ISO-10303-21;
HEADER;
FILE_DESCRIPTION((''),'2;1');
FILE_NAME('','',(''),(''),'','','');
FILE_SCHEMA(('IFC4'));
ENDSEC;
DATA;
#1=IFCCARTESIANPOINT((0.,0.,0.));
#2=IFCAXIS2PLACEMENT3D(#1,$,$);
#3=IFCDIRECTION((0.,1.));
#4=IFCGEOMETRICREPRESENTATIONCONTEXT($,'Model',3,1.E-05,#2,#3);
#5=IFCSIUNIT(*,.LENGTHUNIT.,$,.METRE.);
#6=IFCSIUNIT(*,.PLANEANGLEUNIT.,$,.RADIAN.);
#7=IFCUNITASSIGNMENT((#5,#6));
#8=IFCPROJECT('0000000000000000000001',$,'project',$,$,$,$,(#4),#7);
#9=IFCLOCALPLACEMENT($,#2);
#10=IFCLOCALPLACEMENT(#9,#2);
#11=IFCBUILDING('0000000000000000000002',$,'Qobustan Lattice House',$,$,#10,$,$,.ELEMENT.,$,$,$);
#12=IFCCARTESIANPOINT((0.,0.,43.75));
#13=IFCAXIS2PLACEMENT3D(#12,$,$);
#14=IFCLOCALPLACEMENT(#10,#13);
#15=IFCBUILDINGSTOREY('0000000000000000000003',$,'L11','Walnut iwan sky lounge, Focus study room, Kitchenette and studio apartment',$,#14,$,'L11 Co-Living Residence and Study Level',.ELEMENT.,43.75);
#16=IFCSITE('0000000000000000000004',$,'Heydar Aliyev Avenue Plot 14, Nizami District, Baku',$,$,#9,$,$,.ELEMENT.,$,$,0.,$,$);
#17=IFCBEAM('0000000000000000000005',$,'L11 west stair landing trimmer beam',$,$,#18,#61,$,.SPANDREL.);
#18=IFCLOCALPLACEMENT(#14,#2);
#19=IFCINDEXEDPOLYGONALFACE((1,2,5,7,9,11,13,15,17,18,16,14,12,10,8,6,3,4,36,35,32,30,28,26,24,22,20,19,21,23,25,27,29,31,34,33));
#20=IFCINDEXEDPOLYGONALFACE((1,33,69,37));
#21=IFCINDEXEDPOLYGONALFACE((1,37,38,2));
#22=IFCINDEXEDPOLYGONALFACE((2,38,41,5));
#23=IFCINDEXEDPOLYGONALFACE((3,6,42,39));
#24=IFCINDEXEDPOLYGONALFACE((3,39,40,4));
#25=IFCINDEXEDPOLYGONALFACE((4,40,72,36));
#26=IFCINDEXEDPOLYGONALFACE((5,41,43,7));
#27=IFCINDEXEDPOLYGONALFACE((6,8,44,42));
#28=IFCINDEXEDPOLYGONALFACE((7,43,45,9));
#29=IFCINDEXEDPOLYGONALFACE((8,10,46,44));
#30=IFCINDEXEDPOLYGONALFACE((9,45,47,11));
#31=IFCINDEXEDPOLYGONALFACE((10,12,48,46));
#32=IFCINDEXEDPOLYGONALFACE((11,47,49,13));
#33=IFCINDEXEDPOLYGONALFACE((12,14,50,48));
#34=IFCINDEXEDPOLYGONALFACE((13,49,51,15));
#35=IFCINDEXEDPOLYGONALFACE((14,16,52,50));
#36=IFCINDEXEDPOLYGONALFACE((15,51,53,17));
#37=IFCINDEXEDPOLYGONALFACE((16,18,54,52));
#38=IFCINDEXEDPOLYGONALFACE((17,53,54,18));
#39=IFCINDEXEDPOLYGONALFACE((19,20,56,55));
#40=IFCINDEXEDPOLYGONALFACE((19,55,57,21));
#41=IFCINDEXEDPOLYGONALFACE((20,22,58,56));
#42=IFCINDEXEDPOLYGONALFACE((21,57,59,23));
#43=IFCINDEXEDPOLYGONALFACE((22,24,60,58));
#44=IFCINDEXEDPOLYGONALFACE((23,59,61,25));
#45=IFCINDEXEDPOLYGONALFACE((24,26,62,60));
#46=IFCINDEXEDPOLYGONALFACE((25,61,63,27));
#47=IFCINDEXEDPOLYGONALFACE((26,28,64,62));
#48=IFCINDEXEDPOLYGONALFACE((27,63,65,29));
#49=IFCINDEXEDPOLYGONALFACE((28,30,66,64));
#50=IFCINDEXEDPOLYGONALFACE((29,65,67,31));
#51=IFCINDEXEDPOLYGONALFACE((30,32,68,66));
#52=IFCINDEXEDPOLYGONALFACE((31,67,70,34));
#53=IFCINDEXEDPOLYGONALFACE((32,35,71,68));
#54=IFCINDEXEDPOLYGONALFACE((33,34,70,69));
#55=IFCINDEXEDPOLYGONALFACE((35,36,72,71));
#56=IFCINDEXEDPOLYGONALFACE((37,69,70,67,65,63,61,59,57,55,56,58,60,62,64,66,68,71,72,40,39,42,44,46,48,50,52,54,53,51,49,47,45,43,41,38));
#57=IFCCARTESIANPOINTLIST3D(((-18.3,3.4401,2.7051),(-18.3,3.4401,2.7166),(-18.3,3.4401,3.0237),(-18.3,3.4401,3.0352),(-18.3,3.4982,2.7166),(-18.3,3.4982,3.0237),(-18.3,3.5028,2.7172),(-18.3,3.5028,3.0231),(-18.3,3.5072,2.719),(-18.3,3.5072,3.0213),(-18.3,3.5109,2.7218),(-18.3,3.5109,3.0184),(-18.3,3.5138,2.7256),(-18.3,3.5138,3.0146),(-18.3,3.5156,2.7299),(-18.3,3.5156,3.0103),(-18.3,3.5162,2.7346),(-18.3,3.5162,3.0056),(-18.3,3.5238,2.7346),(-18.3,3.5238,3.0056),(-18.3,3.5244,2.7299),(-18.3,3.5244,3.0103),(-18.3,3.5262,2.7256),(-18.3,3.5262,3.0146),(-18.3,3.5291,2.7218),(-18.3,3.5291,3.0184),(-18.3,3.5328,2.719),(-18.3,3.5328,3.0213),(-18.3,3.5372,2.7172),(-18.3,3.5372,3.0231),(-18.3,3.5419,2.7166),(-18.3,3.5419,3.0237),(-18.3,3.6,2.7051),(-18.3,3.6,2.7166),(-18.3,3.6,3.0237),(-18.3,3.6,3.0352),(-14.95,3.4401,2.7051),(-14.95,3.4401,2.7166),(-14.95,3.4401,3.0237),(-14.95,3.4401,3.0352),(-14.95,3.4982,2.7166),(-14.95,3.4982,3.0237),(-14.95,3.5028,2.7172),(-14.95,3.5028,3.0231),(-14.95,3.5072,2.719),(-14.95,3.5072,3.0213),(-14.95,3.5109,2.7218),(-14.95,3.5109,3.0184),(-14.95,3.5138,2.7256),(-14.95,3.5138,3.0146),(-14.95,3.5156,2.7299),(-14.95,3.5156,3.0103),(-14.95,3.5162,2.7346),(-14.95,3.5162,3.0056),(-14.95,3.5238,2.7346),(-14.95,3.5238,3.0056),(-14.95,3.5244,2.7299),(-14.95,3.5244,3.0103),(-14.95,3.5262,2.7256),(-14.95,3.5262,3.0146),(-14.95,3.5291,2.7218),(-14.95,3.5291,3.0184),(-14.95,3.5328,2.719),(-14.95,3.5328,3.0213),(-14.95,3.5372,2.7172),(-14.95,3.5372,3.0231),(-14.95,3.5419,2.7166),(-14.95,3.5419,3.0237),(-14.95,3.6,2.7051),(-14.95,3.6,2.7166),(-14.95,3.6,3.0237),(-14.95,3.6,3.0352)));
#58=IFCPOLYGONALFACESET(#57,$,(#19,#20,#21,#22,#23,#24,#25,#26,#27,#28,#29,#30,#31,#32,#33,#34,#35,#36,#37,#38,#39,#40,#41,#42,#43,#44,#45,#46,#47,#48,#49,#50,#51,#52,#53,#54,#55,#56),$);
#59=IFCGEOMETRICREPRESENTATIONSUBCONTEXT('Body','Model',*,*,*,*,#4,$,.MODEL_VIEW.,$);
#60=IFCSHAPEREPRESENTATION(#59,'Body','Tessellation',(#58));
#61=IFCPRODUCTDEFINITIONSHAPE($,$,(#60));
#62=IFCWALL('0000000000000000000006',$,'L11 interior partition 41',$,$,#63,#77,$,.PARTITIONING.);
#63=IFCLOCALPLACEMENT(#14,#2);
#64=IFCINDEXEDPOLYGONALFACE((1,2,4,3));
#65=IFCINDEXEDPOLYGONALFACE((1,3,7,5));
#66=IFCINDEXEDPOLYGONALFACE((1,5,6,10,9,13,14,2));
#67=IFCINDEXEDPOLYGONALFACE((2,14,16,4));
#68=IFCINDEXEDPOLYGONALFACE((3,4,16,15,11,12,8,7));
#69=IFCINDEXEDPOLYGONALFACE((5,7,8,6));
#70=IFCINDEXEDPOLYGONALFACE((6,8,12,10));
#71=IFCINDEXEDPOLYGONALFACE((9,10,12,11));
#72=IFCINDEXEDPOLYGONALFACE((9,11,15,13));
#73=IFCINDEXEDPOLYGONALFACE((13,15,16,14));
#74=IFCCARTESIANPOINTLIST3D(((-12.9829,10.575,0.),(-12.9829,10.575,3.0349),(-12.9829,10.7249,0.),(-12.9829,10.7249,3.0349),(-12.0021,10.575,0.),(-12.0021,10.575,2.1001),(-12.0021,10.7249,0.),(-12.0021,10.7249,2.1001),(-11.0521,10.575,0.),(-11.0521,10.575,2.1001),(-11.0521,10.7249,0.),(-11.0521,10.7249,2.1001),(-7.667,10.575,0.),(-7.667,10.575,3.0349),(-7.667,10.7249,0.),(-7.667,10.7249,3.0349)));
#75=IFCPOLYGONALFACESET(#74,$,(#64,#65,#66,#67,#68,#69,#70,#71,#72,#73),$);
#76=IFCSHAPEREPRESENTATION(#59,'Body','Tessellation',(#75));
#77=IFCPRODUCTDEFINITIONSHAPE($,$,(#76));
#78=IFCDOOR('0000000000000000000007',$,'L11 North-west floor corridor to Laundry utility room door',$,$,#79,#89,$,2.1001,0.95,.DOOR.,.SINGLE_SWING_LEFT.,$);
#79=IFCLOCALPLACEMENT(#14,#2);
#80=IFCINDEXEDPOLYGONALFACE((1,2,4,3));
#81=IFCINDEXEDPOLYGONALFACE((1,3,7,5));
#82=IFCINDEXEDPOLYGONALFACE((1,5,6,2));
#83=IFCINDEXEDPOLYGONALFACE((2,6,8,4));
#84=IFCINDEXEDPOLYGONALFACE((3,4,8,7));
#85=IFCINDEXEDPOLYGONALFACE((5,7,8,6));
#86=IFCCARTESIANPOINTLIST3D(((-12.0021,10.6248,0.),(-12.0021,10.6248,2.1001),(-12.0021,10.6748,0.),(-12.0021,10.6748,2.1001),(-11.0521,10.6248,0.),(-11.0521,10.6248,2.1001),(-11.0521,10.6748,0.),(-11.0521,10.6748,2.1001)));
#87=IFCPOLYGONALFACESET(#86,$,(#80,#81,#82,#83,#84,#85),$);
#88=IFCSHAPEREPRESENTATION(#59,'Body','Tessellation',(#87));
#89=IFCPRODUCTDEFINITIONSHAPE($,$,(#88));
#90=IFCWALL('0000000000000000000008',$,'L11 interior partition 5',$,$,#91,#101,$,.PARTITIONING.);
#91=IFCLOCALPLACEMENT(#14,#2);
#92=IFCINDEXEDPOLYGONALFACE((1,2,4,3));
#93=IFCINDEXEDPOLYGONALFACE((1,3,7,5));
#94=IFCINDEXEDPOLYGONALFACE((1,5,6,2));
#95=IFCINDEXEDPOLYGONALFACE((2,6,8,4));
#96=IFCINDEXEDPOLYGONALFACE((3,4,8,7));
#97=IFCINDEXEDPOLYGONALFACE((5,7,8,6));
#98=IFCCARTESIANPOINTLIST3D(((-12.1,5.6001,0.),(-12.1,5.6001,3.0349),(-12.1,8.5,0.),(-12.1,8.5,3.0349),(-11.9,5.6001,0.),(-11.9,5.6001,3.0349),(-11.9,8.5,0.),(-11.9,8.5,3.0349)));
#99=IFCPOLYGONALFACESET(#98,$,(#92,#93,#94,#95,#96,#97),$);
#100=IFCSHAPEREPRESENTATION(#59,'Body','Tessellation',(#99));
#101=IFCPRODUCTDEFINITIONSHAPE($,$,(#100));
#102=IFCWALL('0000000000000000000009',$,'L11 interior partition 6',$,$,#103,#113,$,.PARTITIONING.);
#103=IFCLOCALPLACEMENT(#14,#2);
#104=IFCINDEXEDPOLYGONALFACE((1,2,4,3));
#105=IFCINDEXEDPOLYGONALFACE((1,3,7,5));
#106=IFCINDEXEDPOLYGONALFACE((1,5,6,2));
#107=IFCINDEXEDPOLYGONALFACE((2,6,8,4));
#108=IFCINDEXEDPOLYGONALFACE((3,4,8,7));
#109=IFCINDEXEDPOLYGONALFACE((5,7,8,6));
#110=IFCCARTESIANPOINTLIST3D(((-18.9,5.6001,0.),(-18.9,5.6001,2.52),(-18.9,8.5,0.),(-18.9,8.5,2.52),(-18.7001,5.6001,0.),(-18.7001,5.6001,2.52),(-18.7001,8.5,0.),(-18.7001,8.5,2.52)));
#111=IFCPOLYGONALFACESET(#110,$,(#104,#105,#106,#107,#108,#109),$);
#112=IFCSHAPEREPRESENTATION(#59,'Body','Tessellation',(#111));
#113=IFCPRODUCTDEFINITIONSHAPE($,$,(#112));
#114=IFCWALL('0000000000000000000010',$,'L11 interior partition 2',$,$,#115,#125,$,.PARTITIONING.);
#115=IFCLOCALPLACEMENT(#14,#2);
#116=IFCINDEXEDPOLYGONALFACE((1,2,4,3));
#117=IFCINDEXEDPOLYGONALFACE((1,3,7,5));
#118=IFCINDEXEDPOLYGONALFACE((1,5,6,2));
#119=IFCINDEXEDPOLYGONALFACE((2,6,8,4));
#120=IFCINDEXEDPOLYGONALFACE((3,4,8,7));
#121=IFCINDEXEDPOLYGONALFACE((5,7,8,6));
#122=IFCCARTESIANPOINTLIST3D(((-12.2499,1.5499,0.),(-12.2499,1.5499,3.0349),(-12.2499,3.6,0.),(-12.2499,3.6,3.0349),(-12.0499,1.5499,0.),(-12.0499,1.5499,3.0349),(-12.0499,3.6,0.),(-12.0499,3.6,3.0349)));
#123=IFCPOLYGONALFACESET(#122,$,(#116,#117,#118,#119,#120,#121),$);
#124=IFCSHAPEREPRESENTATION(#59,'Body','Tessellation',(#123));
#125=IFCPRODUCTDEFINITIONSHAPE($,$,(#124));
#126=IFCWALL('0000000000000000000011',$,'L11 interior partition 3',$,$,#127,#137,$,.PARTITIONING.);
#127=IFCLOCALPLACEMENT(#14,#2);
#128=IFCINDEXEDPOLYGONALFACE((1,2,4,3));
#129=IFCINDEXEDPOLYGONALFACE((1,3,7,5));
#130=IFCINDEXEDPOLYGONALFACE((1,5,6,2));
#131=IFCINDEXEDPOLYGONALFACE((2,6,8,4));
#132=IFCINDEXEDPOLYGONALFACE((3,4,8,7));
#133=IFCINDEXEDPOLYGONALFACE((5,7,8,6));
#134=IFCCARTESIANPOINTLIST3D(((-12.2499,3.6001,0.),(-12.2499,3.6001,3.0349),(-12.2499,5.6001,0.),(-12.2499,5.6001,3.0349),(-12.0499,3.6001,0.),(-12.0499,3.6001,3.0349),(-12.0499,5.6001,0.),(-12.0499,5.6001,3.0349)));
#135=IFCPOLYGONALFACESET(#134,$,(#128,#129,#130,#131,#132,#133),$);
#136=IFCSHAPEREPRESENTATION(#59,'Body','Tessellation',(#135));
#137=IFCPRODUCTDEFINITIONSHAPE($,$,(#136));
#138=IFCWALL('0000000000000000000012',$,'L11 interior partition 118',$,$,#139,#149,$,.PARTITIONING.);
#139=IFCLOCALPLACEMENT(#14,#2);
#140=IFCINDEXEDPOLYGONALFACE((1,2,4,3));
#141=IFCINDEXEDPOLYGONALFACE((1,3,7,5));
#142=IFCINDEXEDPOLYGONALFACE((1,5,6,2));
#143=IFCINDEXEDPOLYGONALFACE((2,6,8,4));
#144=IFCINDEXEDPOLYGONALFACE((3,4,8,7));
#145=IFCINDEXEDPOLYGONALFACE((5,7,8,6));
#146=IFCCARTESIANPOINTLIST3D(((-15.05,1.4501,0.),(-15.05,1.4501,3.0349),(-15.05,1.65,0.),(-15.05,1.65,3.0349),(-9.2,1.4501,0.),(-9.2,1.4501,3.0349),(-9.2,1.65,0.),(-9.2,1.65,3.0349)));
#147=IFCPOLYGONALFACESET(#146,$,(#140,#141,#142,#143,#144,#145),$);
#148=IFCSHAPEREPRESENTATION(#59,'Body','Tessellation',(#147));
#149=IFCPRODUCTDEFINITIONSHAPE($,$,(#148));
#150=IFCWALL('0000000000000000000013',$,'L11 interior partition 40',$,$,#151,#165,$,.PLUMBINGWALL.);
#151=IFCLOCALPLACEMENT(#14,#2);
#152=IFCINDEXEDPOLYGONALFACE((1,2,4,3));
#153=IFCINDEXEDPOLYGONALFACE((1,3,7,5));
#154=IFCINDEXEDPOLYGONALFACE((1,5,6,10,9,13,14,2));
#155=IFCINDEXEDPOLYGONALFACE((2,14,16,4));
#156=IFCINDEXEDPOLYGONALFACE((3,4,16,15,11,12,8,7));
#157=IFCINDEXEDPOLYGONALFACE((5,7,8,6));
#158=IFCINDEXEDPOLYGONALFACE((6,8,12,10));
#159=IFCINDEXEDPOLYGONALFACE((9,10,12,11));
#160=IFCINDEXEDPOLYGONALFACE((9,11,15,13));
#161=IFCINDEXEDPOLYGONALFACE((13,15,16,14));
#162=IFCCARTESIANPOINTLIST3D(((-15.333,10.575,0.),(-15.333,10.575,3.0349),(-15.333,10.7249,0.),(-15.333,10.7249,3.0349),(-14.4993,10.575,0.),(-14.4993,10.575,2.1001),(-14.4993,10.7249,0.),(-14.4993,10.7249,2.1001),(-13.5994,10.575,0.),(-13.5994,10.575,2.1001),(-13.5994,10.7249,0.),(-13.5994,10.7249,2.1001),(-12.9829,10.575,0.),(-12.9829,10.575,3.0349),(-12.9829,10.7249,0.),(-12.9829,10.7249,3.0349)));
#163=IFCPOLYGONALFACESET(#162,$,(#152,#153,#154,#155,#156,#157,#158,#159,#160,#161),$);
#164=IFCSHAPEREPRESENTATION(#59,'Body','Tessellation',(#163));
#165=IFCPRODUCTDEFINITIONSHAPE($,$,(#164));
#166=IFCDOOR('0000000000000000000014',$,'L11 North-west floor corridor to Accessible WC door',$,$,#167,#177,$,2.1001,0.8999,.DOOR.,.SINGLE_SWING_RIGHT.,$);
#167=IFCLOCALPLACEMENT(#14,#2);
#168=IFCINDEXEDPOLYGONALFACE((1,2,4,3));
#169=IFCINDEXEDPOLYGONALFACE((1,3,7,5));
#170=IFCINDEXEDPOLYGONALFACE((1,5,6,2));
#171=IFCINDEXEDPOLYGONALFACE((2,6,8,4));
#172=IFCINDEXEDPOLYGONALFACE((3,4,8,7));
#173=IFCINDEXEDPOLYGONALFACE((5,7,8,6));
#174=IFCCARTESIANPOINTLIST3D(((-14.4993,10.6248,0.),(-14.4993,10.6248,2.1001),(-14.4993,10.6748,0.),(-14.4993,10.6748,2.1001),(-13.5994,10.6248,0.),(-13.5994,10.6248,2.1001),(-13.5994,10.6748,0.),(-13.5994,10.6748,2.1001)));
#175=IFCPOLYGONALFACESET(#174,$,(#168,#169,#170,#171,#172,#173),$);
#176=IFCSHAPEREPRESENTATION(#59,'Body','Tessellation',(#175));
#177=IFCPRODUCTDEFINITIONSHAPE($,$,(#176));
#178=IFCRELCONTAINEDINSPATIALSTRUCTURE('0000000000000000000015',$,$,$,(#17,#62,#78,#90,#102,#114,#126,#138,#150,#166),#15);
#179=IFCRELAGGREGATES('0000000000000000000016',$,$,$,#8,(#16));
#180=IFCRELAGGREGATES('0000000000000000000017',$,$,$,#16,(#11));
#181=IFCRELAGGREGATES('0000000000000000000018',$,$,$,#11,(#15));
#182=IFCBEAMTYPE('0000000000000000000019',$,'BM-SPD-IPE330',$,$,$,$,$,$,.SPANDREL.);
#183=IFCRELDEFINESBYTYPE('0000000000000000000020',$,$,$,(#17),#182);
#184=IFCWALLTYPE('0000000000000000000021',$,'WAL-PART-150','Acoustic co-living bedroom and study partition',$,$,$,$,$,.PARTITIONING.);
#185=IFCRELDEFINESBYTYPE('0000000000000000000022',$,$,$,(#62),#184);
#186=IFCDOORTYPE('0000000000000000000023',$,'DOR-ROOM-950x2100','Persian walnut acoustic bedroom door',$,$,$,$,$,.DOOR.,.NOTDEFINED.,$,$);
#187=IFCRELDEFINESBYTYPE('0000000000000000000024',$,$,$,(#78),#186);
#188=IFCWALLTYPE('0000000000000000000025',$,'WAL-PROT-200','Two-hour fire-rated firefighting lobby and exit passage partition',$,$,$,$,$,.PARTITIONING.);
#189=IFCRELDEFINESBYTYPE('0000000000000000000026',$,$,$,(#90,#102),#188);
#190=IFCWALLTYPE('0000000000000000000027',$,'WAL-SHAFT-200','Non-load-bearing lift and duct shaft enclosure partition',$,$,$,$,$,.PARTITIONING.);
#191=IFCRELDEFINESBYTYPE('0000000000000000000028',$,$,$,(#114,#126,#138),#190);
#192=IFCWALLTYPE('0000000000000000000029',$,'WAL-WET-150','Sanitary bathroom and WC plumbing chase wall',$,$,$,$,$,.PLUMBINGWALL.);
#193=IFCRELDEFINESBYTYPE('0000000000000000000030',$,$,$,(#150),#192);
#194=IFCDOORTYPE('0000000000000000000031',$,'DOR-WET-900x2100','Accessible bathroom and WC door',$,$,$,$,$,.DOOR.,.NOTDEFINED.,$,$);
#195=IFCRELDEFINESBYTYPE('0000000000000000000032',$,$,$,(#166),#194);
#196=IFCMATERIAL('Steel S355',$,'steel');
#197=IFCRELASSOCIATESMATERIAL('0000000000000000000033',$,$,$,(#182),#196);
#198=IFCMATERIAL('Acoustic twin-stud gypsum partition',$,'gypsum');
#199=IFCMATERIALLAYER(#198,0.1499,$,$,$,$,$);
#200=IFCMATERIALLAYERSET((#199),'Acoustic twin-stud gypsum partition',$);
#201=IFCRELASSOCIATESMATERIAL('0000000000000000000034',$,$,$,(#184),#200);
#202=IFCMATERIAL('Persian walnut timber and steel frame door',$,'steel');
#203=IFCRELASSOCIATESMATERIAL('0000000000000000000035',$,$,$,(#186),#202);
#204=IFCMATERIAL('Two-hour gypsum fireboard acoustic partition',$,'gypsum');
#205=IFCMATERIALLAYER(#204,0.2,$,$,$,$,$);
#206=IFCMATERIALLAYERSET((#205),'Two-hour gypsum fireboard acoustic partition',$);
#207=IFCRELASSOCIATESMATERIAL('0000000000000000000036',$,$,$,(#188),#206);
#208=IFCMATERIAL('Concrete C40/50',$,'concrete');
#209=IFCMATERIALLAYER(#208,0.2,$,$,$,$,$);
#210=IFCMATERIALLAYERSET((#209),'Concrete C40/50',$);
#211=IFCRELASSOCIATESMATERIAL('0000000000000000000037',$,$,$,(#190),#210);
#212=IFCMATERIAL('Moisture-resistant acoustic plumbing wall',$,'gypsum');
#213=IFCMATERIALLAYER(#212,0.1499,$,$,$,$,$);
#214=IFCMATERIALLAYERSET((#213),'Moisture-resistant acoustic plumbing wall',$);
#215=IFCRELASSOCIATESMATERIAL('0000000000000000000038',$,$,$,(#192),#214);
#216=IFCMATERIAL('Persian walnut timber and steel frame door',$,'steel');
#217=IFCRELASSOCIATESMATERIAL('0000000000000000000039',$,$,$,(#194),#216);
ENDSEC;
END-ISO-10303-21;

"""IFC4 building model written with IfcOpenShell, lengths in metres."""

from ifc_helpers import new_model, si_unit, direction, frame, frame_2d, origin, origin_2d, place, context, subcontext, project, spatial, rectangle, i_section, extrude, material, layer, layer_set, material_profile, profile_set, type_object, element, fill, save


model = new_model("IFC4")

# Units and contexts
model_context = context("Model", 3, precision=1e-05, world=origin(), true_north=direction((0.0, 1.0)))
body_context = subcontext(model_context, "Body", "Model", "MODEL_VIEW")
ifc_project = project(units=[si_unit("LENGTHUNIT", "METRE"), si_unit("PLANEANGLEUNIT", "RADIAN")], contexts=[model_context])

# Site, building, storey
site_placement = place(None, origin())
site = spatial("IfcSite", under=ifc_project, at=site_placement, Name="Heydar Aliyev Avenue Plot 14, Nizami District, Baku", CompositionType="ELEMENT", RefElevation=0.0)
building_placement = place(site_placement, origin())
building = spatial("IfcBuilding", under=site, at=building_placement, Name="Qobustan Lattice House", CompositionType="ELEMENT")
storey_placement = place(building_placement, frame((0.0, 0.0, 43.75)))
storey = spatial("IfcBuildingStorey", under=building, at=storey_placement, Name="L11", Description="Walnut iwan sky lounge, Focus study room, Kitchenette and studio apartment", LongName="L11 Co-Living Residence and Study Level", CompositionType="ELEMENT", Elevation=43.75)

# Beam
ifc_material_1 = material(Name="Steel S355", Category="steel")
ifc_material_profile = material_profile(ifc_material_1, i_section(OverallWidth=0.1599, OverallDepth=0.3301, WebThickness=0.0076, FlangeThickness=0.0115, FilletRadius=0.0181, at=origin_2d()), Name="IPE330")
ifc_profile_set = profile_set([ifc_material_profile], Name="Steel S355")
beam_type = type_object("IfcBeamType", Name="BM-SPD-IPE330", PredefinedType="SPANDREL", material=ifc_profile_set)
beam_placement = place(storey_placement, frame((-18.3, 3.52, 2.8701), z_axis=(1.0, 0.0, 0.0), x_axis=(0.0, 1.0, 0.0)))
element("IfcBeam", 1, at=beam_placement, inside=storey, type_object=beam_type, Name="L11 west stair landing trimmer beam", PredefinedType="SPANDREL", context=body_context, shape_type="SweptSolid", body=[
    extrude(i_section(OverallWidth=0.1599, OverallDepth=0.3301, WebThickness=0.0076, FlangeThickness=0.0115, FilletRadius=0.0181, at=origin_2d()), origin(), (0.0, 0.0, 1.0), 3.3501),
])

# Wall, opening, door
ifc_material_2 = material(Name="Acoustic twin-stud gypsum partition", Category="gypsum")
ifc_layer_1 = layer(ifc_material_2, 0.1499)
ifc_layer_set_1 = layer_set([ifc_layer_1], Name="Acoustic twin-stud gypsum partition")
wall_type_1 = type_object("IfcWallType", Name="WAL-PART-150", Description="Acoustic co-living bedroom and study partition", PredefinedType="PARTITIONING", material=ifc_layer_set_1)
wall_1_placement = place(storey_placement, frame((-12.9829, 10.6499, 0.0), z_axis=(0.0, 0.0, 1.0), x_axis=(1.0, 0.0, 0.0)))
wall_1 = element("IfcWall", 2, at=wall_1_placement, inside=storey, type_object=wall_type_1, Name="L11 interior partition 41", PredefinedType="PARTITIONING", context=body_context, shape_type="SweptSolid", body=[
    extrude(rectangle(XDim=5.3159, YDim=0.1499, at=frame_2d((2.658, 0.0))), origin(), (0.0, 0.0, 1.0), 3.0349),
])
opening_1_placement = place(wall_1_placement, frame((0.9807, 0.0, 0.0)))
opening_1 = element("IfcOpeningElement", 3, at=opening_1_placement, cuts=wall_1, PredefinedType="OPENING", context=body_context, shape_type="SweptSolid", body=[
    extrude(rectangle(XDim=0.95, YDim=2.1001, at=frame_2d((0.4751, 1.05))), frame((0.0, 0.085, 0.0), z_axis=(0.0, -1.0, 0.0), x_axis=(1.0, 0.0, 0.0)), (0.0, 0.0, 1.0), 0.1699),
])
ifc_material_3 = material(Name="Persian walnut timber and steel frame door", Category="steel")
door_type_1 = type_object("IfcDoorType", Name="DOR-ROOM-950x2100", Description="Persian walnut acoustic bedroom door", OperationType="NOTDEFINED", PredefinedType="DOOR", material=ifc_material_3)
door_1_placement = place(opening_1_placement, origin())
door_1 = element("IfcDoor", 4, at=door_1_placement, inside=storey, type_object=door_type_1, Name="L11 North-west floor corridor to Laundry utility room door", OperationType="SINGLE_SWING_LEFT", OverallHeight=2.1001, OverallWidth=0.95, PredefinedType="DOOR", context=body_context, shape_type="SweptSolid", body=[
    extrude(rectangle(XDim=0.95, YDim=2.1001, at=frame_2d((0.4751, 1.05))), frame((0.0, 0.0249, 0.0), z_axis=(0.0, -1.0, 0.0), x_axis=(1.0, 0.0, 0.0)), (0.0, 0.0, 1.0), 0.05),
])
fill(opening_1, door_1)
ifc_material_4 = material(Name="Two-hour gypsum fireboard acoustic partition", Category="gypsum")
ifc_layer_2 = layer(ifc_material_4, 0.2)
ifc_layer_set_2 = layer_set([ifc_layer_2], Name="Two-hour gypsum fireboard acoustic partition")
wall_type_2 = type_object("IfcWallType", Name="WAL-PROT-200", Description="Two-hour fire-rated firefighting lobby and exit passage partition", PredefinedType="PARTITIONING", material=ifc_layer_set_2)

# Walls
wall_2_placement = place(storey_placement, frame((-12.0, 5.6001, 0.0), z_axis=(0.0, 0.0, 1.0), x_axis=(0.0, 1.0, 0.0)))
element("IfcWall", 5, at=wall_2_placement, inside=storey, type_object=wall_type_2, Name="L11 interior partition 5", PredefinedType="PARTITIONING", context=body_context, shape_type="SweptSolid", body=[
    extrude(rectangle(XDim=2.8999, YDim=0.2, at=frame_2d((1.45, 0.0))), origin(), (0.0, 0.0, 1.0), 3.0349),
])
wall_3_placement = place(storey_placement, frame((-18.8, 8.5, 0.0), z_axis=(0.0, 0.0, 1.0), x_axis=(0.0, -1.0, 0.0)))
element("IfcWall", 6, at=wall_3_placement, inside=storey, type_object=wall_type_2, Name="L11 interior partition 6", PredefinedType="PARTITIONING", context=body_context, shape_type="SweptSolid", body=[
    extrude(rectangle(XDim=2.8999, YDim=0.2, at=frame_2d((1.45, 0.0))), origin(), (0.0, 0.0, 1.0), 2.52),
])
ifc_material_5 = material(Name="Concrete C40/50", Category="concrete")
ifc_layer_3 = layer(ifc_material_5, 0.2)
ifc_layer_set_3 = layer_set([ifc_layer_3], Name="Concrete C40/50")
wall_type_3 = type_object("IfcWallType", Name="WAL-SHAFT-200", Description="Non-load-bearing lift and duct shaft enclosure partition", PredefinedType="PARTITIONING", material=ifc_layer_set_3)
wall_4_placement = place(storey_placement, frame((-12.1499, 1.55, 0.0), z_axis=(0.0, 0.0, 1.0), x_axis=(0.0, 1.0, 0.0)))
element("IfcWall", 7, at=wall_4_placement, inside=storey, type_object=wall_type_3, Name="L11 interior partition 2", PredefinedType="PARTITIONING", context=body_context, shape_type="SweptSolid", body=[
    extrude(rectangle(XDim=2.05, YDim=0.2, at=frame_2d((1.0249, 0.0))), origin(), (0.0, 0.0, 1.0), 3.0349),
])
wall_5_placement = place(storey_placement, frame((-12.1499, 3.6001, 0.0), z_axis=(0.0, 0.0, 1.0), x_axis=(0.0, 1.0, 0.0)))
element("IfcWall", 8, at=wall_5_placement, inside=storey, type_object=wall_type_3, Name="L11 interior partition 3", PredefinedType="PARTITIONING", context=body_context, shape_type="SweptSolid", body=[
    extrude(rectangle(XDim=2.0, YDim=0.2, at=frame_2d((1.0, 0.0))), origin(), (0.0, 0.0, 1.0), 3.0349),
])
wall_6_placement = place(storey_placement, frame((-15.05, 1.55, 0.0), z_axis=(0.0, 0.0, 1.0), x_axis=(1.0, 0.0, 0.0)))
element("IfcWall", 9, at=wall_6_placement, inside=storey, type_object=wall_type_3, Name="L11 interior partition 118", PredefinedType="PARTITIONING", context=body_context, shape_type="SweptSolid", body=[
    extrude(rectangle(XDim=5.8501, YDim=0.2, at=frame_2d((2.925, 0.0))), origin(), (0.0, 0.0, 1.0), 3.0349),
])

# Wall, opening, door
ifc_material_6 = material(Name="Moisture-resistant acoustic plumbing wall", Category="gypsum")
ifc_layer_4 = layer(ifc_material_6, 0.1499)
ifc_layer_set_4 = layer_set([ifc_layer_4], Name="Moisture-resistant acoustic plumbing wall")
wall_type_4 = type_object("IfcWallType", Name="WAL-WET-150", Description="Sanitary bathroom and WC plumbing chase wall", PredefinedType="PLUMBINGWALL", material=ifc_layer_set_4)
wall_7_placement = place(storey_placement, frame((-15.333, 10.6499, 0.0), z_axis=(0.0, 0.0, 1.0), x_axis=(1.0, 0.0, 0.0)))
wall_7 = element("IfcWall", 10, at=wall_7_placement, inside=storey, type_object=wall_type_4, Name="L11 interior partition 40", PredefinedType="PLUMBINGWALL", context=body_context, shape_type="SweptSolid", body=[
    extrude(rectangle(XDim=2.3501, YDim=0.1499, at=frame_2d((1.175, 0.0))), origin(), (0.0, 0.0, 1.0), 3.0349),
])
opening_2_placement = place(wall_7_placement, frame((0.8337, 0.0, 0.0)))
opening_2 = element("IfcOpeningElement", 11, at=opening_2_placement, cuts=wall_7, PredefinedType="OPENING", context=body_context, shape_type="SweptSolid", body=[
    extrude(rectangle(XDim=0.8999, YDim=2.1001, at=frame_2d((0.45, 1.05))), frame((0.0, 0.085, 0.0), z_axis=(0.0, -1.0, 0.0), x_axis=(1.0, 0.0, 0.0)), (0.0, 0.0, 1.0), 0.1699),
])
ifc_material_7 = material(Name="Persian walnut timber and steel frame door", Category="steel")
door_type_2 = type_object("IfcDoorType", Name="DOR-WET-900x2100", Description="Accessible bathroom and WC door", OperationType="NOTDEFINED", PredefinedType="DOOR", material=ifc_material_7)
door_2_placement = place(opening_2_placement, origin())
door_2 = element("IfcDoor", 12, at=door_2_placement, inside=storey, type_object=door_type_2, Name="L11 North-west floor corridor to Accessible WC door", OperationType="SINGLE_SWING_RIGHT", OverallHeight=2.1001, OverallWidth=0.8999, PredefinedType="DOOR", context=body_context, shape_type="SweptSolid", body=[
    extrude(rectangle(XDim=0.8999, YDim=2.1001, at=frame_2d((0.45, 1.05))), frame((0.0, 0.0249, 0.0), z_axis=(0.0, -1.0, 0.0), x_axis=(1.0, 0.0, 0.0)), (0.0, 0.0, 1.0), 0.05),
])
fill(opening_2, door_2)

save(model, "model.ifc")
